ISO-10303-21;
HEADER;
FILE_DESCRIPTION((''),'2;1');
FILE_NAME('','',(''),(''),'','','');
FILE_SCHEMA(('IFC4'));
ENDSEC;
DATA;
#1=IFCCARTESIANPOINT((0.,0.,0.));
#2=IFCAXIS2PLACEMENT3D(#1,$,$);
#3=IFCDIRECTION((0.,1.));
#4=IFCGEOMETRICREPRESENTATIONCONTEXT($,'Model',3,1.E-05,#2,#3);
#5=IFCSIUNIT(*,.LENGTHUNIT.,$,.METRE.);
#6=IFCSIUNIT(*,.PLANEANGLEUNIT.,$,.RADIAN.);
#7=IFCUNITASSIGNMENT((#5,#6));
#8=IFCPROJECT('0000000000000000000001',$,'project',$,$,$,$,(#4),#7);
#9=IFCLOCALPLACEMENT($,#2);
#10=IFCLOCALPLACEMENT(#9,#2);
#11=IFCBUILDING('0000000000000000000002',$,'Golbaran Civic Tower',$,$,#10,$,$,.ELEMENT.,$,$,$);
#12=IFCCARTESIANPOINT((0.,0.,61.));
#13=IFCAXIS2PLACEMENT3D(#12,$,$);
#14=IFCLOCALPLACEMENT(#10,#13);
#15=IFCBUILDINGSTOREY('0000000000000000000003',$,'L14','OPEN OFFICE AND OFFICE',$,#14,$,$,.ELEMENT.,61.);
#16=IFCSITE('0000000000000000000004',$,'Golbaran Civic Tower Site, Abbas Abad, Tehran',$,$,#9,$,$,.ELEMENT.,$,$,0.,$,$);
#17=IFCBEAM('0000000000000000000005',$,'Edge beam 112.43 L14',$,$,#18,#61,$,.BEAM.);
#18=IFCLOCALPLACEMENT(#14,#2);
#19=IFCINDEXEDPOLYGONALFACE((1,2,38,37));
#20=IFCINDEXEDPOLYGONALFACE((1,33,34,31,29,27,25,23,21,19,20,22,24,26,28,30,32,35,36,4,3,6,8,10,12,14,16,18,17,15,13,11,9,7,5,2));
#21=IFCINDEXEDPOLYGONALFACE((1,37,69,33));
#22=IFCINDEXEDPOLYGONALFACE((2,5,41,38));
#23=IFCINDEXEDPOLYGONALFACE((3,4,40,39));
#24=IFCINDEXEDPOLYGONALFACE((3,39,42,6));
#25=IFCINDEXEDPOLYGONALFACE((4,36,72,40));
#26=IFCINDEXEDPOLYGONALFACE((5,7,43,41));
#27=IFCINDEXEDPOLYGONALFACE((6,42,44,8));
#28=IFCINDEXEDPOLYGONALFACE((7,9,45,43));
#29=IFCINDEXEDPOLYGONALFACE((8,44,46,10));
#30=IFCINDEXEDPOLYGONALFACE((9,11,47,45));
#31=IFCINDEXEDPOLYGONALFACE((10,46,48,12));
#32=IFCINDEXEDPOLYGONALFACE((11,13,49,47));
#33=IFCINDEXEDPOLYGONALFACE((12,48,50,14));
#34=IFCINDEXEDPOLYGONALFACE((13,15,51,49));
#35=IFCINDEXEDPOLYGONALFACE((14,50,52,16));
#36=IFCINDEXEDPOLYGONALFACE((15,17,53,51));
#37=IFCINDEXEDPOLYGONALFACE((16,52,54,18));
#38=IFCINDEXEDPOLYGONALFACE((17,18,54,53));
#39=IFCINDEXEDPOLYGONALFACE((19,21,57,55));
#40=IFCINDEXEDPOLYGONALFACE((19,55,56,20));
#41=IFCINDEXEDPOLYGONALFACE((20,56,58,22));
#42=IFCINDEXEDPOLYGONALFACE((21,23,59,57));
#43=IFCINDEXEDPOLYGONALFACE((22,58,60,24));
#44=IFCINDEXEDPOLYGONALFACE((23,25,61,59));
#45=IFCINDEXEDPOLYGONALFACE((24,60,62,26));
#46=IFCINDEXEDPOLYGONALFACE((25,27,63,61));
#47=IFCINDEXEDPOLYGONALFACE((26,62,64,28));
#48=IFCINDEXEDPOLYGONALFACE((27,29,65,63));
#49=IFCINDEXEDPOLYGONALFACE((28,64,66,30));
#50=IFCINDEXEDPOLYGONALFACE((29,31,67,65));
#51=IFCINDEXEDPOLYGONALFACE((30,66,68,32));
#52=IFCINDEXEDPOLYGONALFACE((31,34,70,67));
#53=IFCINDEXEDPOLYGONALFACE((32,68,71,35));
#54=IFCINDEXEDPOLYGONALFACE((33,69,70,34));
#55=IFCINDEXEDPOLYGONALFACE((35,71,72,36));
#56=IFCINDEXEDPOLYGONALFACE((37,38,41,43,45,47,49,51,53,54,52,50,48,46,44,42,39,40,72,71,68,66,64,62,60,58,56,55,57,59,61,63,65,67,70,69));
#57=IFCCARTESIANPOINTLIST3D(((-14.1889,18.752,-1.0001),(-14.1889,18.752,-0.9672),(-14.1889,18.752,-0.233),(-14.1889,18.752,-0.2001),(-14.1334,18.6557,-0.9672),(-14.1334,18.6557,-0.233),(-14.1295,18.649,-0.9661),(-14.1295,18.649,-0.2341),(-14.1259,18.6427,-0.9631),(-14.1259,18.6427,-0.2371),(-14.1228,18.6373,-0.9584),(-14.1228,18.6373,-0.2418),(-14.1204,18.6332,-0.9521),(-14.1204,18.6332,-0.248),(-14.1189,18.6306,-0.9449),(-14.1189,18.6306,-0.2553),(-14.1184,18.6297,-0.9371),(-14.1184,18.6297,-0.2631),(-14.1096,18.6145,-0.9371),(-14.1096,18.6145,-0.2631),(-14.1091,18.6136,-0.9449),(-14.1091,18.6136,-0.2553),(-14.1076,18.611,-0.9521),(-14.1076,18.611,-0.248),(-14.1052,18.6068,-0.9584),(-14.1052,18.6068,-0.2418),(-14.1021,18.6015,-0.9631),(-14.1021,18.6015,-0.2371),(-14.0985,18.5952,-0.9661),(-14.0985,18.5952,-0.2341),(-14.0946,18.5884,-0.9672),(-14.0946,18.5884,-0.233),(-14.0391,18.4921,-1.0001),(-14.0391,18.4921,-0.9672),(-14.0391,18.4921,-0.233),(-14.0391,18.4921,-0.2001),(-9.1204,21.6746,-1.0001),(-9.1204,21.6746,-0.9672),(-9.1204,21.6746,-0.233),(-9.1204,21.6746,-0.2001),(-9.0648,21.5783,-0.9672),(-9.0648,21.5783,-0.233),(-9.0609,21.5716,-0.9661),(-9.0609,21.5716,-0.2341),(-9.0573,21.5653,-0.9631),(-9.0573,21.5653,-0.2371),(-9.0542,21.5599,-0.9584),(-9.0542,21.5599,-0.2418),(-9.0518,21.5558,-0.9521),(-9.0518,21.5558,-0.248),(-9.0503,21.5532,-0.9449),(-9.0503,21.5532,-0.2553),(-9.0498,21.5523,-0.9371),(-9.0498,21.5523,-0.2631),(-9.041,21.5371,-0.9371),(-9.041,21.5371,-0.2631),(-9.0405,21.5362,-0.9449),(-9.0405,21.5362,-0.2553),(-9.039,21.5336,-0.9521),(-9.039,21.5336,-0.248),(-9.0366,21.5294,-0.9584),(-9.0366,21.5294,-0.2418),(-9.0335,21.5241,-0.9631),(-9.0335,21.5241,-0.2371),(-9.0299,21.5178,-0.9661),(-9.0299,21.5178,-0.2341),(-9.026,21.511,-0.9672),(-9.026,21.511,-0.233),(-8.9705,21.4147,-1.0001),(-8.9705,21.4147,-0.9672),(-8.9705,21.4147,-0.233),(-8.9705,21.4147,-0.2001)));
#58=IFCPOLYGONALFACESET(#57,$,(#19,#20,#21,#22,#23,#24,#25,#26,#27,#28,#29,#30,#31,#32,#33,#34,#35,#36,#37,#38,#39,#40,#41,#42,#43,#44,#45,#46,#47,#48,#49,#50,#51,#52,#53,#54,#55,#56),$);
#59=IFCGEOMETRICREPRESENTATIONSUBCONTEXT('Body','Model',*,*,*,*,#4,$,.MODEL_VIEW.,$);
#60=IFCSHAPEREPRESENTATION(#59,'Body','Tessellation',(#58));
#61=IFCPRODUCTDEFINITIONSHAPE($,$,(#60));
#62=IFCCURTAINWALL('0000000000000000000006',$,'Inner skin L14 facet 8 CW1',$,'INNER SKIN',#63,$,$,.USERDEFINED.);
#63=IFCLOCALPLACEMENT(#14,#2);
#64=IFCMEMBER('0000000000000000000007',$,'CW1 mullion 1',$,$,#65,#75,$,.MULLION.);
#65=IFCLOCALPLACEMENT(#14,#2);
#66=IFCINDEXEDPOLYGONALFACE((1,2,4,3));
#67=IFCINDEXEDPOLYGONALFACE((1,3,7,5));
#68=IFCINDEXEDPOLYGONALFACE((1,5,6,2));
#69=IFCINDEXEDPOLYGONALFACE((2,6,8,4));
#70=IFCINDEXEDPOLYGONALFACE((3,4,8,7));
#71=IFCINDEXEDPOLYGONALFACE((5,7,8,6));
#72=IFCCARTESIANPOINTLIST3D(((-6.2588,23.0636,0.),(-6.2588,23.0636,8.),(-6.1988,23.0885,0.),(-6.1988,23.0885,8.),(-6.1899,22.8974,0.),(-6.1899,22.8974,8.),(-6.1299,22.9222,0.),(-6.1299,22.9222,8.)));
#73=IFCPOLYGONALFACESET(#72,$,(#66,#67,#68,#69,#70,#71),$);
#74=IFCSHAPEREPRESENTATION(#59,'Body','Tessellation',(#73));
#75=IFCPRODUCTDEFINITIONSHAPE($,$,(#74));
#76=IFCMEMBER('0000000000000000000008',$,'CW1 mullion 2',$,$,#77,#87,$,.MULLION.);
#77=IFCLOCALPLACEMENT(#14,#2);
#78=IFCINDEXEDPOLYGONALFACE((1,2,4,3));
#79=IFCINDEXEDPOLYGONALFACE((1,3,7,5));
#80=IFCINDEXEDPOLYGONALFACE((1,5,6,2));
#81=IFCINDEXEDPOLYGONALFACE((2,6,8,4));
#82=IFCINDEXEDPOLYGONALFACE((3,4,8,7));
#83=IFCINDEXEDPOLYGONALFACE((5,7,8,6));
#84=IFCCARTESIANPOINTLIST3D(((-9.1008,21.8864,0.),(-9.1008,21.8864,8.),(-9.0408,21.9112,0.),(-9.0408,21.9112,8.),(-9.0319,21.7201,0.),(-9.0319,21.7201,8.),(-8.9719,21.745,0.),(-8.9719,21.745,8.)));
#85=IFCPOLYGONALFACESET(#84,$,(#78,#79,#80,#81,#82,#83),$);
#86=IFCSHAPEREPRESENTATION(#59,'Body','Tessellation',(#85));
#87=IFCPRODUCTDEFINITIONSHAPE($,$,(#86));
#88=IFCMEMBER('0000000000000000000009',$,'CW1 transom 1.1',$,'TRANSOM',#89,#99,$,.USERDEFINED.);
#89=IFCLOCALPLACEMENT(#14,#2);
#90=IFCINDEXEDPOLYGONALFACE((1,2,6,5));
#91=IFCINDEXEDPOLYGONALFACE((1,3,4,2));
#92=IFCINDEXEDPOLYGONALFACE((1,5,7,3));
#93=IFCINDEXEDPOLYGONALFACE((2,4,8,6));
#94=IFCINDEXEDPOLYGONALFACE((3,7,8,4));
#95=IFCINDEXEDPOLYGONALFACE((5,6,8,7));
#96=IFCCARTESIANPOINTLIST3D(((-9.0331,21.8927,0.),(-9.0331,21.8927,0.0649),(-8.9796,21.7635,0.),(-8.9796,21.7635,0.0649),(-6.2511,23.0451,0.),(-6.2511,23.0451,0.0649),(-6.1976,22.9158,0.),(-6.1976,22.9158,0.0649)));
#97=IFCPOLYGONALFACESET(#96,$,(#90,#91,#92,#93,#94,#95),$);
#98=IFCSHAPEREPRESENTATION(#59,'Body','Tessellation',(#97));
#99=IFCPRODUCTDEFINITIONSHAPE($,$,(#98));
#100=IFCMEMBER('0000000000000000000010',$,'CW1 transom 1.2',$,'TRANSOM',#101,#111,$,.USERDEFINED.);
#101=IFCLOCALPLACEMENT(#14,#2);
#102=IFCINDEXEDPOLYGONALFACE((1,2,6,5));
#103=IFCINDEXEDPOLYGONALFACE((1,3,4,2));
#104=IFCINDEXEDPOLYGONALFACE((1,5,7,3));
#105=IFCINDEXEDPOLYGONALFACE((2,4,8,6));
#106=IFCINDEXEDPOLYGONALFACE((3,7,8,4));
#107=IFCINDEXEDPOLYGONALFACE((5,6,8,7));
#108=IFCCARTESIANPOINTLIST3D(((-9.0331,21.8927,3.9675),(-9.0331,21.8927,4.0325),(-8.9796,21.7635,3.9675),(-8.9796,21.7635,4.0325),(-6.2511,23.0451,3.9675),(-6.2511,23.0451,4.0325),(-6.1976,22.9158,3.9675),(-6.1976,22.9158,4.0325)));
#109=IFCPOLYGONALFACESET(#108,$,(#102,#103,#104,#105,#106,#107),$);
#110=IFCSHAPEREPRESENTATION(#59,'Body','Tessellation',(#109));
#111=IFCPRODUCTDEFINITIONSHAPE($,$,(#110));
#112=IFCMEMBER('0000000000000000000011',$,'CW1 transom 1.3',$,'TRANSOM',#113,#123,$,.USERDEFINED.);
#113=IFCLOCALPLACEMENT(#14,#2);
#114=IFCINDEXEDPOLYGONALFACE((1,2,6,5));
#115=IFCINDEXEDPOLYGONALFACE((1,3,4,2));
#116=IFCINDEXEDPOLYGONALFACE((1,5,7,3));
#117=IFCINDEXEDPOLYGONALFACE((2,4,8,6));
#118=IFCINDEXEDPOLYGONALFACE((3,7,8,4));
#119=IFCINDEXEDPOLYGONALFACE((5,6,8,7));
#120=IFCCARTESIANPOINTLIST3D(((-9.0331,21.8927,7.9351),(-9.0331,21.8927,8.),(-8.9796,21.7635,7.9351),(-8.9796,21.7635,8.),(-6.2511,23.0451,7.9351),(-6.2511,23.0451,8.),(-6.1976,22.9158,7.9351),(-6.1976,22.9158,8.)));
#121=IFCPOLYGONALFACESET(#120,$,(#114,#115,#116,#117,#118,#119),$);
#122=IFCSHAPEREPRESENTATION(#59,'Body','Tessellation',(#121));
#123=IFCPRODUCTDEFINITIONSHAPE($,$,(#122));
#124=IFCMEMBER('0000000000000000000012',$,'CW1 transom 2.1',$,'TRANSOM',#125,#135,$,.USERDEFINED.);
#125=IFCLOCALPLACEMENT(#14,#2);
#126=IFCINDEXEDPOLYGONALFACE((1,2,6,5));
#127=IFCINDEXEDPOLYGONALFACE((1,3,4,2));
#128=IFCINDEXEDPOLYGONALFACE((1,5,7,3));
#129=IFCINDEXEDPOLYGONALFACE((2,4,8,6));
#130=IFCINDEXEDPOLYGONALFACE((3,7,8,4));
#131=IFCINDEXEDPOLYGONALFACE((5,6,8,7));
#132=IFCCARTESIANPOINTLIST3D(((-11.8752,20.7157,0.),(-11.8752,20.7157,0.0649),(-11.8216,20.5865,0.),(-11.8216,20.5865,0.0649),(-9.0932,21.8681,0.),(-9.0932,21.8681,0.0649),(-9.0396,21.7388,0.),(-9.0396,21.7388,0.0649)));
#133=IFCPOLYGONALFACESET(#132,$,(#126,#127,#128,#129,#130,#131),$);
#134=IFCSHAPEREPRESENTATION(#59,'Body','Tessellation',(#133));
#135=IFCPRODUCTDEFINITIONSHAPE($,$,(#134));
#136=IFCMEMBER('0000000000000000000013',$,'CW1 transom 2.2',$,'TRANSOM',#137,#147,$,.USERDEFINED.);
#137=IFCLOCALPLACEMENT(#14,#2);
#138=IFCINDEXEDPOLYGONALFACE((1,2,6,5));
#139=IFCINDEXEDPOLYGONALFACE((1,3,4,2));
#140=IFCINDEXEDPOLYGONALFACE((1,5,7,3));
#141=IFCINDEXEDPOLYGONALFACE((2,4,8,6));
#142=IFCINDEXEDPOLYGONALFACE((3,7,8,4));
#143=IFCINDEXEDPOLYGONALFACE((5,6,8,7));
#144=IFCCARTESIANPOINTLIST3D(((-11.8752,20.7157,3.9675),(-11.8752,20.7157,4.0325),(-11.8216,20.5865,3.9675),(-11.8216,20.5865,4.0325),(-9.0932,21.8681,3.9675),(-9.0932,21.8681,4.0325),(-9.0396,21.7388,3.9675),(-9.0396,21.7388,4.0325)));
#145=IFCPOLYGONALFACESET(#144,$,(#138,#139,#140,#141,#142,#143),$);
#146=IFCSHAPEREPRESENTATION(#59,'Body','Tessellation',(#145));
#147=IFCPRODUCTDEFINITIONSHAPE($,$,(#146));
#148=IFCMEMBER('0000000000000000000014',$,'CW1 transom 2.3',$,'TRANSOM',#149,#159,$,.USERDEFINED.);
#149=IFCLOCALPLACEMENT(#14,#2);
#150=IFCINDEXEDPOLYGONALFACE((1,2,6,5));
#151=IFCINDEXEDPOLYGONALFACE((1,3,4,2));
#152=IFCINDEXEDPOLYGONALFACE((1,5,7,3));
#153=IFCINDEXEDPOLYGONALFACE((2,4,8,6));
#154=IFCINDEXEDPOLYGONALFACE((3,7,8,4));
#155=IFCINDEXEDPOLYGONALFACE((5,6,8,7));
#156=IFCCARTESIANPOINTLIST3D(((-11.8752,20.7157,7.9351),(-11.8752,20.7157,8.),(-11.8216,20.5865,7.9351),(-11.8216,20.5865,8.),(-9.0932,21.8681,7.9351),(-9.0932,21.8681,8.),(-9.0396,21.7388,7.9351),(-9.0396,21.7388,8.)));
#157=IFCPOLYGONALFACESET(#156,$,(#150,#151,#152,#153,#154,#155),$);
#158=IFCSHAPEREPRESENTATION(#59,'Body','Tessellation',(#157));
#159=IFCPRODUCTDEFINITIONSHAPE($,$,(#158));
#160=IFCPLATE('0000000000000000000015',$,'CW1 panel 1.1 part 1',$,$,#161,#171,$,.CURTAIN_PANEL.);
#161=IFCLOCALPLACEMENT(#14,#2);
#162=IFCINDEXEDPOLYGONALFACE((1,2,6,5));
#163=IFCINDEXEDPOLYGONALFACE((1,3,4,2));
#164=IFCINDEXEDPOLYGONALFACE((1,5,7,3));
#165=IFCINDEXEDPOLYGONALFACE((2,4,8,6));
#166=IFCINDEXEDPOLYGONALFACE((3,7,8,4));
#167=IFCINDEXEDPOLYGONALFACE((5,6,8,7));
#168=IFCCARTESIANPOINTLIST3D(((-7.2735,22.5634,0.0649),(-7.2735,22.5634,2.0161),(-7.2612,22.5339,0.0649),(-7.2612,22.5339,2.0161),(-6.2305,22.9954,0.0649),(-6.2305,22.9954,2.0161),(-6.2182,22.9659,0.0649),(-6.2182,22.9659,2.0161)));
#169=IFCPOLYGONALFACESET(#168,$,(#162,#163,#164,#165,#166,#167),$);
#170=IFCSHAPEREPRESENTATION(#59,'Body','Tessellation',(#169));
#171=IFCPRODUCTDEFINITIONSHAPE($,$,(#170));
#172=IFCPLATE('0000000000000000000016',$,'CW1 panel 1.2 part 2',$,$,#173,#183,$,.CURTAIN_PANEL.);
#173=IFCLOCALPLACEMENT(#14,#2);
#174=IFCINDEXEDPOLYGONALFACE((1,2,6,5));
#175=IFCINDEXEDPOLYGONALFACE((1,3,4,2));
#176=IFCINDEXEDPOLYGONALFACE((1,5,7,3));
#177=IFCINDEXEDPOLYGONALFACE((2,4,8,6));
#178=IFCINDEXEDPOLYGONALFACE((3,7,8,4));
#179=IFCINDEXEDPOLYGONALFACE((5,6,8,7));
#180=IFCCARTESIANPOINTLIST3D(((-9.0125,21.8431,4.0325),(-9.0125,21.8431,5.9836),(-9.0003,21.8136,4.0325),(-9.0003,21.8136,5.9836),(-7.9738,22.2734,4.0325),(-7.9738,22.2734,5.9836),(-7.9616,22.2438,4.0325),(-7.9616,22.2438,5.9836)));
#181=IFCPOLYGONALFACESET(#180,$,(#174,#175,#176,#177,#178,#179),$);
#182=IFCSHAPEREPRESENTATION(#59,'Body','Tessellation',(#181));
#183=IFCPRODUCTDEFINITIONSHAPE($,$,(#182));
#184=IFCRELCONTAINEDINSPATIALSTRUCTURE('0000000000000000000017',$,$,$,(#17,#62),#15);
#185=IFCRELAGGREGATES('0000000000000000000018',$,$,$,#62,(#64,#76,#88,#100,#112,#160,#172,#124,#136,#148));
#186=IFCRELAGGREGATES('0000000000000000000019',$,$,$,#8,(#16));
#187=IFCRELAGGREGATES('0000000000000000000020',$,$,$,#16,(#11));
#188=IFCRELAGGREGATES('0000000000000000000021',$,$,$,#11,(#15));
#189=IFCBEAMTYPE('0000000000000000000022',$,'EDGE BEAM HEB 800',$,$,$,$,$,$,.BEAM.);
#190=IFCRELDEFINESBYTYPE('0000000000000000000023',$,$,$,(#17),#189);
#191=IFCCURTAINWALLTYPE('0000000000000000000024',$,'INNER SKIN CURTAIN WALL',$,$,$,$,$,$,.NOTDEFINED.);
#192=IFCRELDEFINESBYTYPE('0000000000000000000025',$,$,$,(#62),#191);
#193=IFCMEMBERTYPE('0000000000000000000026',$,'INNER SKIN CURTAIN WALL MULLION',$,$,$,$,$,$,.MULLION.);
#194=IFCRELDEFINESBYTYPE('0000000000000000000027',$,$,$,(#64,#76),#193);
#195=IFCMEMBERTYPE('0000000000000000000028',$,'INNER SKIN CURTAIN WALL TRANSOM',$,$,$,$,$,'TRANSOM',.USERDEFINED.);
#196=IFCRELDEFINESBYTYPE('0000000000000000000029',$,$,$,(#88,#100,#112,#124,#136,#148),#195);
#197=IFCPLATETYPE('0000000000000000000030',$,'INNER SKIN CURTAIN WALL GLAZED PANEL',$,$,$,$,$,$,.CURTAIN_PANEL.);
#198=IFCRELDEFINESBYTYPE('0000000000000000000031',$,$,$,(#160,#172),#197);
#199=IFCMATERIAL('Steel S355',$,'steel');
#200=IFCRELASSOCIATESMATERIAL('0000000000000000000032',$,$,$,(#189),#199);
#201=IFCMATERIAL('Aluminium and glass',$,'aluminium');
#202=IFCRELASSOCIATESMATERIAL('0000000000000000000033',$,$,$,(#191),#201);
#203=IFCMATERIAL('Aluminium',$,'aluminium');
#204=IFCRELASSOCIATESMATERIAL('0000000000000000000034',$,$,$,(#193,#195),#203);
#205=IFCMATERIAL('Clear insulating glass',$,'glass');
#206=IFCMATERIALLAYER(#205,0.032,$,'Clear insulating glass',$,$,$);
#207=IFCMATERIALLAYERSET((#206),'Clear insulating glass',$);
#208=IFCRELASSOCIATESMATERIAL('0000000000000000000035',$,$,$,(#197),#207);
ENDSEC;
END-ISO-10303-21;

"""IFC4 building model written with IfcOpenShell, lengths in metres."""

from ifc_helpers import new_model, si_unit, direction, frame, origin, origin_2d, place, context, subcontext, project, spatial, rectangle, i_section, extrude, material, layer, layer_set, material_profile, profile_set, type_object, element, aggregate, save


model = new_model("IFC4")

# Units and contexts
model_context = context("Model", 3, precision=1e-05, world=origin(), true_north=direction((0.0, 1.0)))
body_context = subcontext(model_context, "Body", "Model", "MODEL_VIEW")
ifc_project = project(units=[si_unit("LENGTHUNIT", "METRE"), si_unit("PLANEANGLEUNIT", "RADIAN")], contexts=[model_context])

# Site, building, storey
site_placement = place(None, origin())
site = spatial("IfcSite", under=ifc_project, at=site_placement, Name="Golbaran Civic Tower Site, Abbas Abad, Tehran", CompositionType="ELEMENT", RefElevation=0.0)
building_placement = place(site_placement, origin())
building = spatial("IfcBuilding", under=site, at=building_placement, Name="Golbaran Civic Tower", CompositionType="ELEMENT")
storey_placement = place(building_placement, frame((0.0, 0.0, 61.0)))
storey = spatial("IfcBuildingStorey", under=building, at=storey_placement, Name="L14", Description="OPEN OFFICE AND OFFICE", CompositionType="ELEMENT", Elevation=61.0)

# Beam
ifc_material_1 = material(Name="Steel S355", Category="steel")
ifc_material_profile_1 = material_profile(ifc_material_1, i_section(OverallWidth=0.3, OverallDepth=0.8, WebThickness=0.0176, FlangeThickness=0.033, FilletRadius=0.03, at=origin_2d()), Name="HEB 800")
ifc_profile_set_1 = profile_set([ifc_material_profile_1], Name="Steel S355")
beam_type = type_object("IfcBeamType", Name="EDGE BEAM HEB 800", PredefinedType="BEAM", material=ifc_profile_set_1)
beam_placement = place(storey_placement, frame((-9.0454, 21.5447, -0.6001), z_axis=(-0.866303, -0.499519, 0.0), x_axis=(0.499519, -0.866303, 0.0)))
element("IfcBeam", 1, at=beam_placement, inside=storey, type_object=beam_type, Name="Edge beam 112.43 L14", PredefinedType="BEAM", context=body_context, shape_type="SweptSolid", body=[
    extrude(i_section(OverallWidth=0.3, OverallDepth=0.8, WebThickness=0.0176, FlangeThickness=0.033, FilletRadius=0.03, at=origin_2d()), origin(), (0.0, 0.0, 1.0), 5.8508),
])

# Curtain wall, members, plates
ifc_material_2 = material(Name="Aluminium and glass", Category="aluminium")
curtain_wall_type = type_object("IfcCurtainWallType", Name="INNER SKIN CURTAIN WALL", PredefinedType="NOTDEFINED", material=ifc_material_2)
curtain_wall_placement = place(storey_placement, origin())
curtain_wall = element("IfcCurtainWall", 2, at=curtain_wall_placement, inside=storey, type_object=curtain_wall_type, Name="Inner skin L14 facet 8 CW1", ObjectType="INNER SKIN", PredefinedType="USERDEFINED")
ifc_material_3 = material(Name="Aluminium", Category="aluminium")
ifc_material_profile_2 = material_profile(ifc_material_3, rectangle(XDim=0.1799, YDim=0.0649, at=origin_2d()), Name="INNER SKIN CURTAIN WALL MULLION")
ifc_profile_set_2 = profile_set([ifc_material_profile_2], Name="Aluminium")
member_type_1 = type_object("IfcMemberType", Name="INNER SKIN CURTAIN WALL MULLION", PredefinedType="MULLION", material=ifc_profile_set_2)
member_1_placement = place(storey_placement, frame((-6.1943, 22.9929, 0.0), z_axis=(0.0, 0.0, 1.0), x_axis=(0.382683, -0.92388, 0.0)))
member_1 = element("IfcMember", 3, at=member_1_placement, type_object=member_type_1, Name="CW1 mullion 1", PredefinedType="MULLION", context=body_context, shape_type="SweptSolid", body=[
    extrude(rectangle(XDim=0.1799, YDim=0.0649, at=origin_2d()), origin(), (0.0, 0.0, 1.0), 8.0),
])
member_2_placement = place(storey_placement, frame((-9.0364, 21.8157, 0.0), z_axis=(0.0, 0.0, 1.0), x_axis=(0.382683, -0.92388, 0.0)))
member_2 = element("IfcMember", 4, at=member_2_placement, type_object=member_type_1, Name="CW1 mullion 2", PredefinedType="MULLION", context=body_context, shape_type="SweptSolid", body=[
    extrude(rectangle(XDim=0.1799, YDim=0.0649, at=origin_2d()), origin(), (0.0, 0.0, 1.0), 8.0),
])
ifc_material_profile_3 = material_profile(ifc_material_3, rectangle(XDim=0.1399, YDim=0.0649, at=origin_2d()), Name="INNER SKIN CURTAIN WALL TRANSOM")
ifc_profile_set_3 = profile_set([ifc_material_profile_3], Name="Aluminium")
member_type_2 = type_object("IfcMemberType", Name="INNER SKIN CURTAIN WALL TRANSOM", ElementType="TRANSOM", PredefinedType="USERDEFINED", material=ifc_profile_set_3)
member_3_placement = place(storey_placement, frame((-6.2244, 22.9805, 0.0325), z_axis=(-0.923878, -0.382686, 0.0), x_axis=(0.382686, -0.923878, 0.0)))
member_3 = element("IfcMember", 5, at=member_3_placement, type_object=member_type_2, Name="CW1 transom 1.1", ObjectType="TRANSOM", PredefinedType="USERDEFINED", context=body_context, shape_type="SweptSolid", body=[
    extrude(rectangle(XDim=0.1399, YDim=0.0649, at=origin_2d()), origin(), (0.0, 0.0, 1.0), 3.0112),
])
member_4_placement = place(storey_placement, frame((-6.2244, 22.9805, 4.0), z_axis=(-0.923878, -0.382686, 0.0), x_axis=(0.382686, -0.923878, 0.0)))
member_4 = element("IfcMember", 6, at=member_4_placement, type_object=member_type_2, Name="CW1 transom 1.2", ObjectType="TRANSOM", PredefinedType="USERDEFINED", context=body_context, shape_type="SweptSolid", body=[
    extrude(rectangle(XDim=0.1399, YDim=0.0649, at=origin_2d()), origin(), (0.0, 0.0, 1.0), 3.0112),
])
member_5_placement = place(storey_placement, frame((-6.2244, 22.9805, 7.9675), z_axis=(-0.923878, -0.382686, 0.0), x_axis=(0.382686, -0.923878, 0.0)))
member_5 = element("IfcMember", 7, at=member_5_placement, type_object=member_type_2, Name="CW1 transom 1.3", ObjectType="TRANSOM", PredefinedType="USERDEFINED", context=body_context, shape_type="SweptSolid", body=[
    extrude(rectangle(XDim=0.1399, YDim=0.0649, at=origin_2d()), origin(), (0.0, 0.0, 1.0), 3.0112),
])
member_6_placement = place(storey_placement, frame((-9.0664, 21.8035, 0.0325), z_axis=(-0.923878, -0.382686, 0.0), x_axis=(0.382686, -0.923878, 0.0)))
member_6 = element("IfcMember", 8, at=member_6_placement, type_object=member_type_2, Name="CW1 transom 2.1", ObjectType="TRANSOM", PredefinedType="USERDEFINED", context=body_context, shape_type="SweptSolid", body=[
    extrude(rectangle(XDim=0.1399, YDim=0.0649, at=origin_2d()), origin(), (0.0, 0.0, 1.0), 3.0112),
])
member_7_placement = place(storey_placement, frame((-9.0664, 21.8035, 4.0), z_axis=(-0.923878, -0.382686, 0.0), x_axis=(0.382686, -0.923878, 0.0)))
member_7 = element("IfcMember", 9, at=member_7_placement, type_object=member_type_2, Name="CW1 transom 2.2", ObjectType="TRANSOM", PredefinedType="USERDEFINED", context=body_context, shape_type="SweptSolid", body=[
    extrude(rectangle(XDim=0.1399, YDim=0.0649, at=origin_2d()), origin(), (0.0, 0.0, 1.0), 3.0112),
])
member_8_placement = place(storey_placement, frame((-9.0664, 21.8035, 7.9675), z_axis=(-0.923878, -0.382686, 0.0), x_axis=(0.382686, -0.923878, 0.0)))
member_8 = element("IfcMember", 10, at=member_8_placement, type_object=member_type_2, Name="CW1 transom 2.3", ObjectType="TRANSOM", PredefinedType="USERDEFINED", context=body_context, shape_type="SweptSolid", body=[
    extrude(rectangle(XDim=0.1399, YDim=0.0649, at=origin_2d()), origin(), (0.0, 0.0, 1.0), 3.0112),
])
ifc_material_4 = material(Name="Clear insulating glass", Category="glass")
ifc_layer_1 = layer(ifc_material_4, 0.032, Name="Clear insulating glass")
ifc_layer_set_1 = layer_set([ifc_layer_1], Name="Clear insulating glass")
plate_type_1 = type_object("IfcPlateType", Name="INNER SKIN CURTAIN WALL GLAZED PANEL", PredefinedType="CURTAIN_PANEL", material=ifc_layer_set_1)
plate_1_placement = place(storey_placement, frame((-6.7458, 22.7646, 0.0649), z_axis=(0.0, 0.0, 1.0), x_axis=(-0.92388, -0.382683, 0.0)))
plate_1 = element("IfcPlate", 11, at=plate_1_placement, type_object=plate_type_1, Name="CW1 panel 1.1 part 1", PredefinedType="CURTAIN_PANEL", context=body_context, shape_type="SweptSolid", body=[
    extrude(rectangle(XDim=1.1289, YDim=0.032, at=origin_2d()), origin(), (0.0, 0.0, 1.0), 1.9512),
])
plate_2_placement = place(storey_placement, frame((-8.4871, 22.0435, 4.0325), z_axis=(0.0, 0.0, 1.0), x_axis=(-0.92388, -0.382683, 0.0)))
plate_2 = element("IfcPlate", 12, at=plate_2_placement, type_object=plate_type_1, Name="CW1 panel 1.2 part 2", PredefinedType="CURTAIN_PANEL", context=body_context, shape_type="SweptSolid", body=[
    extrude(rectangle(XDim=1.1243, YDim=0.032, at=origin_2d()), origin(), (0.0, 0.0, 1.0), 1.9512),
])
aggregate(curtain_wall, [member_1, member_2, member_3, member_4, member_5, plate_1, plate_2, member_6, member_7, member_8])

save(model, "model.ifc")
